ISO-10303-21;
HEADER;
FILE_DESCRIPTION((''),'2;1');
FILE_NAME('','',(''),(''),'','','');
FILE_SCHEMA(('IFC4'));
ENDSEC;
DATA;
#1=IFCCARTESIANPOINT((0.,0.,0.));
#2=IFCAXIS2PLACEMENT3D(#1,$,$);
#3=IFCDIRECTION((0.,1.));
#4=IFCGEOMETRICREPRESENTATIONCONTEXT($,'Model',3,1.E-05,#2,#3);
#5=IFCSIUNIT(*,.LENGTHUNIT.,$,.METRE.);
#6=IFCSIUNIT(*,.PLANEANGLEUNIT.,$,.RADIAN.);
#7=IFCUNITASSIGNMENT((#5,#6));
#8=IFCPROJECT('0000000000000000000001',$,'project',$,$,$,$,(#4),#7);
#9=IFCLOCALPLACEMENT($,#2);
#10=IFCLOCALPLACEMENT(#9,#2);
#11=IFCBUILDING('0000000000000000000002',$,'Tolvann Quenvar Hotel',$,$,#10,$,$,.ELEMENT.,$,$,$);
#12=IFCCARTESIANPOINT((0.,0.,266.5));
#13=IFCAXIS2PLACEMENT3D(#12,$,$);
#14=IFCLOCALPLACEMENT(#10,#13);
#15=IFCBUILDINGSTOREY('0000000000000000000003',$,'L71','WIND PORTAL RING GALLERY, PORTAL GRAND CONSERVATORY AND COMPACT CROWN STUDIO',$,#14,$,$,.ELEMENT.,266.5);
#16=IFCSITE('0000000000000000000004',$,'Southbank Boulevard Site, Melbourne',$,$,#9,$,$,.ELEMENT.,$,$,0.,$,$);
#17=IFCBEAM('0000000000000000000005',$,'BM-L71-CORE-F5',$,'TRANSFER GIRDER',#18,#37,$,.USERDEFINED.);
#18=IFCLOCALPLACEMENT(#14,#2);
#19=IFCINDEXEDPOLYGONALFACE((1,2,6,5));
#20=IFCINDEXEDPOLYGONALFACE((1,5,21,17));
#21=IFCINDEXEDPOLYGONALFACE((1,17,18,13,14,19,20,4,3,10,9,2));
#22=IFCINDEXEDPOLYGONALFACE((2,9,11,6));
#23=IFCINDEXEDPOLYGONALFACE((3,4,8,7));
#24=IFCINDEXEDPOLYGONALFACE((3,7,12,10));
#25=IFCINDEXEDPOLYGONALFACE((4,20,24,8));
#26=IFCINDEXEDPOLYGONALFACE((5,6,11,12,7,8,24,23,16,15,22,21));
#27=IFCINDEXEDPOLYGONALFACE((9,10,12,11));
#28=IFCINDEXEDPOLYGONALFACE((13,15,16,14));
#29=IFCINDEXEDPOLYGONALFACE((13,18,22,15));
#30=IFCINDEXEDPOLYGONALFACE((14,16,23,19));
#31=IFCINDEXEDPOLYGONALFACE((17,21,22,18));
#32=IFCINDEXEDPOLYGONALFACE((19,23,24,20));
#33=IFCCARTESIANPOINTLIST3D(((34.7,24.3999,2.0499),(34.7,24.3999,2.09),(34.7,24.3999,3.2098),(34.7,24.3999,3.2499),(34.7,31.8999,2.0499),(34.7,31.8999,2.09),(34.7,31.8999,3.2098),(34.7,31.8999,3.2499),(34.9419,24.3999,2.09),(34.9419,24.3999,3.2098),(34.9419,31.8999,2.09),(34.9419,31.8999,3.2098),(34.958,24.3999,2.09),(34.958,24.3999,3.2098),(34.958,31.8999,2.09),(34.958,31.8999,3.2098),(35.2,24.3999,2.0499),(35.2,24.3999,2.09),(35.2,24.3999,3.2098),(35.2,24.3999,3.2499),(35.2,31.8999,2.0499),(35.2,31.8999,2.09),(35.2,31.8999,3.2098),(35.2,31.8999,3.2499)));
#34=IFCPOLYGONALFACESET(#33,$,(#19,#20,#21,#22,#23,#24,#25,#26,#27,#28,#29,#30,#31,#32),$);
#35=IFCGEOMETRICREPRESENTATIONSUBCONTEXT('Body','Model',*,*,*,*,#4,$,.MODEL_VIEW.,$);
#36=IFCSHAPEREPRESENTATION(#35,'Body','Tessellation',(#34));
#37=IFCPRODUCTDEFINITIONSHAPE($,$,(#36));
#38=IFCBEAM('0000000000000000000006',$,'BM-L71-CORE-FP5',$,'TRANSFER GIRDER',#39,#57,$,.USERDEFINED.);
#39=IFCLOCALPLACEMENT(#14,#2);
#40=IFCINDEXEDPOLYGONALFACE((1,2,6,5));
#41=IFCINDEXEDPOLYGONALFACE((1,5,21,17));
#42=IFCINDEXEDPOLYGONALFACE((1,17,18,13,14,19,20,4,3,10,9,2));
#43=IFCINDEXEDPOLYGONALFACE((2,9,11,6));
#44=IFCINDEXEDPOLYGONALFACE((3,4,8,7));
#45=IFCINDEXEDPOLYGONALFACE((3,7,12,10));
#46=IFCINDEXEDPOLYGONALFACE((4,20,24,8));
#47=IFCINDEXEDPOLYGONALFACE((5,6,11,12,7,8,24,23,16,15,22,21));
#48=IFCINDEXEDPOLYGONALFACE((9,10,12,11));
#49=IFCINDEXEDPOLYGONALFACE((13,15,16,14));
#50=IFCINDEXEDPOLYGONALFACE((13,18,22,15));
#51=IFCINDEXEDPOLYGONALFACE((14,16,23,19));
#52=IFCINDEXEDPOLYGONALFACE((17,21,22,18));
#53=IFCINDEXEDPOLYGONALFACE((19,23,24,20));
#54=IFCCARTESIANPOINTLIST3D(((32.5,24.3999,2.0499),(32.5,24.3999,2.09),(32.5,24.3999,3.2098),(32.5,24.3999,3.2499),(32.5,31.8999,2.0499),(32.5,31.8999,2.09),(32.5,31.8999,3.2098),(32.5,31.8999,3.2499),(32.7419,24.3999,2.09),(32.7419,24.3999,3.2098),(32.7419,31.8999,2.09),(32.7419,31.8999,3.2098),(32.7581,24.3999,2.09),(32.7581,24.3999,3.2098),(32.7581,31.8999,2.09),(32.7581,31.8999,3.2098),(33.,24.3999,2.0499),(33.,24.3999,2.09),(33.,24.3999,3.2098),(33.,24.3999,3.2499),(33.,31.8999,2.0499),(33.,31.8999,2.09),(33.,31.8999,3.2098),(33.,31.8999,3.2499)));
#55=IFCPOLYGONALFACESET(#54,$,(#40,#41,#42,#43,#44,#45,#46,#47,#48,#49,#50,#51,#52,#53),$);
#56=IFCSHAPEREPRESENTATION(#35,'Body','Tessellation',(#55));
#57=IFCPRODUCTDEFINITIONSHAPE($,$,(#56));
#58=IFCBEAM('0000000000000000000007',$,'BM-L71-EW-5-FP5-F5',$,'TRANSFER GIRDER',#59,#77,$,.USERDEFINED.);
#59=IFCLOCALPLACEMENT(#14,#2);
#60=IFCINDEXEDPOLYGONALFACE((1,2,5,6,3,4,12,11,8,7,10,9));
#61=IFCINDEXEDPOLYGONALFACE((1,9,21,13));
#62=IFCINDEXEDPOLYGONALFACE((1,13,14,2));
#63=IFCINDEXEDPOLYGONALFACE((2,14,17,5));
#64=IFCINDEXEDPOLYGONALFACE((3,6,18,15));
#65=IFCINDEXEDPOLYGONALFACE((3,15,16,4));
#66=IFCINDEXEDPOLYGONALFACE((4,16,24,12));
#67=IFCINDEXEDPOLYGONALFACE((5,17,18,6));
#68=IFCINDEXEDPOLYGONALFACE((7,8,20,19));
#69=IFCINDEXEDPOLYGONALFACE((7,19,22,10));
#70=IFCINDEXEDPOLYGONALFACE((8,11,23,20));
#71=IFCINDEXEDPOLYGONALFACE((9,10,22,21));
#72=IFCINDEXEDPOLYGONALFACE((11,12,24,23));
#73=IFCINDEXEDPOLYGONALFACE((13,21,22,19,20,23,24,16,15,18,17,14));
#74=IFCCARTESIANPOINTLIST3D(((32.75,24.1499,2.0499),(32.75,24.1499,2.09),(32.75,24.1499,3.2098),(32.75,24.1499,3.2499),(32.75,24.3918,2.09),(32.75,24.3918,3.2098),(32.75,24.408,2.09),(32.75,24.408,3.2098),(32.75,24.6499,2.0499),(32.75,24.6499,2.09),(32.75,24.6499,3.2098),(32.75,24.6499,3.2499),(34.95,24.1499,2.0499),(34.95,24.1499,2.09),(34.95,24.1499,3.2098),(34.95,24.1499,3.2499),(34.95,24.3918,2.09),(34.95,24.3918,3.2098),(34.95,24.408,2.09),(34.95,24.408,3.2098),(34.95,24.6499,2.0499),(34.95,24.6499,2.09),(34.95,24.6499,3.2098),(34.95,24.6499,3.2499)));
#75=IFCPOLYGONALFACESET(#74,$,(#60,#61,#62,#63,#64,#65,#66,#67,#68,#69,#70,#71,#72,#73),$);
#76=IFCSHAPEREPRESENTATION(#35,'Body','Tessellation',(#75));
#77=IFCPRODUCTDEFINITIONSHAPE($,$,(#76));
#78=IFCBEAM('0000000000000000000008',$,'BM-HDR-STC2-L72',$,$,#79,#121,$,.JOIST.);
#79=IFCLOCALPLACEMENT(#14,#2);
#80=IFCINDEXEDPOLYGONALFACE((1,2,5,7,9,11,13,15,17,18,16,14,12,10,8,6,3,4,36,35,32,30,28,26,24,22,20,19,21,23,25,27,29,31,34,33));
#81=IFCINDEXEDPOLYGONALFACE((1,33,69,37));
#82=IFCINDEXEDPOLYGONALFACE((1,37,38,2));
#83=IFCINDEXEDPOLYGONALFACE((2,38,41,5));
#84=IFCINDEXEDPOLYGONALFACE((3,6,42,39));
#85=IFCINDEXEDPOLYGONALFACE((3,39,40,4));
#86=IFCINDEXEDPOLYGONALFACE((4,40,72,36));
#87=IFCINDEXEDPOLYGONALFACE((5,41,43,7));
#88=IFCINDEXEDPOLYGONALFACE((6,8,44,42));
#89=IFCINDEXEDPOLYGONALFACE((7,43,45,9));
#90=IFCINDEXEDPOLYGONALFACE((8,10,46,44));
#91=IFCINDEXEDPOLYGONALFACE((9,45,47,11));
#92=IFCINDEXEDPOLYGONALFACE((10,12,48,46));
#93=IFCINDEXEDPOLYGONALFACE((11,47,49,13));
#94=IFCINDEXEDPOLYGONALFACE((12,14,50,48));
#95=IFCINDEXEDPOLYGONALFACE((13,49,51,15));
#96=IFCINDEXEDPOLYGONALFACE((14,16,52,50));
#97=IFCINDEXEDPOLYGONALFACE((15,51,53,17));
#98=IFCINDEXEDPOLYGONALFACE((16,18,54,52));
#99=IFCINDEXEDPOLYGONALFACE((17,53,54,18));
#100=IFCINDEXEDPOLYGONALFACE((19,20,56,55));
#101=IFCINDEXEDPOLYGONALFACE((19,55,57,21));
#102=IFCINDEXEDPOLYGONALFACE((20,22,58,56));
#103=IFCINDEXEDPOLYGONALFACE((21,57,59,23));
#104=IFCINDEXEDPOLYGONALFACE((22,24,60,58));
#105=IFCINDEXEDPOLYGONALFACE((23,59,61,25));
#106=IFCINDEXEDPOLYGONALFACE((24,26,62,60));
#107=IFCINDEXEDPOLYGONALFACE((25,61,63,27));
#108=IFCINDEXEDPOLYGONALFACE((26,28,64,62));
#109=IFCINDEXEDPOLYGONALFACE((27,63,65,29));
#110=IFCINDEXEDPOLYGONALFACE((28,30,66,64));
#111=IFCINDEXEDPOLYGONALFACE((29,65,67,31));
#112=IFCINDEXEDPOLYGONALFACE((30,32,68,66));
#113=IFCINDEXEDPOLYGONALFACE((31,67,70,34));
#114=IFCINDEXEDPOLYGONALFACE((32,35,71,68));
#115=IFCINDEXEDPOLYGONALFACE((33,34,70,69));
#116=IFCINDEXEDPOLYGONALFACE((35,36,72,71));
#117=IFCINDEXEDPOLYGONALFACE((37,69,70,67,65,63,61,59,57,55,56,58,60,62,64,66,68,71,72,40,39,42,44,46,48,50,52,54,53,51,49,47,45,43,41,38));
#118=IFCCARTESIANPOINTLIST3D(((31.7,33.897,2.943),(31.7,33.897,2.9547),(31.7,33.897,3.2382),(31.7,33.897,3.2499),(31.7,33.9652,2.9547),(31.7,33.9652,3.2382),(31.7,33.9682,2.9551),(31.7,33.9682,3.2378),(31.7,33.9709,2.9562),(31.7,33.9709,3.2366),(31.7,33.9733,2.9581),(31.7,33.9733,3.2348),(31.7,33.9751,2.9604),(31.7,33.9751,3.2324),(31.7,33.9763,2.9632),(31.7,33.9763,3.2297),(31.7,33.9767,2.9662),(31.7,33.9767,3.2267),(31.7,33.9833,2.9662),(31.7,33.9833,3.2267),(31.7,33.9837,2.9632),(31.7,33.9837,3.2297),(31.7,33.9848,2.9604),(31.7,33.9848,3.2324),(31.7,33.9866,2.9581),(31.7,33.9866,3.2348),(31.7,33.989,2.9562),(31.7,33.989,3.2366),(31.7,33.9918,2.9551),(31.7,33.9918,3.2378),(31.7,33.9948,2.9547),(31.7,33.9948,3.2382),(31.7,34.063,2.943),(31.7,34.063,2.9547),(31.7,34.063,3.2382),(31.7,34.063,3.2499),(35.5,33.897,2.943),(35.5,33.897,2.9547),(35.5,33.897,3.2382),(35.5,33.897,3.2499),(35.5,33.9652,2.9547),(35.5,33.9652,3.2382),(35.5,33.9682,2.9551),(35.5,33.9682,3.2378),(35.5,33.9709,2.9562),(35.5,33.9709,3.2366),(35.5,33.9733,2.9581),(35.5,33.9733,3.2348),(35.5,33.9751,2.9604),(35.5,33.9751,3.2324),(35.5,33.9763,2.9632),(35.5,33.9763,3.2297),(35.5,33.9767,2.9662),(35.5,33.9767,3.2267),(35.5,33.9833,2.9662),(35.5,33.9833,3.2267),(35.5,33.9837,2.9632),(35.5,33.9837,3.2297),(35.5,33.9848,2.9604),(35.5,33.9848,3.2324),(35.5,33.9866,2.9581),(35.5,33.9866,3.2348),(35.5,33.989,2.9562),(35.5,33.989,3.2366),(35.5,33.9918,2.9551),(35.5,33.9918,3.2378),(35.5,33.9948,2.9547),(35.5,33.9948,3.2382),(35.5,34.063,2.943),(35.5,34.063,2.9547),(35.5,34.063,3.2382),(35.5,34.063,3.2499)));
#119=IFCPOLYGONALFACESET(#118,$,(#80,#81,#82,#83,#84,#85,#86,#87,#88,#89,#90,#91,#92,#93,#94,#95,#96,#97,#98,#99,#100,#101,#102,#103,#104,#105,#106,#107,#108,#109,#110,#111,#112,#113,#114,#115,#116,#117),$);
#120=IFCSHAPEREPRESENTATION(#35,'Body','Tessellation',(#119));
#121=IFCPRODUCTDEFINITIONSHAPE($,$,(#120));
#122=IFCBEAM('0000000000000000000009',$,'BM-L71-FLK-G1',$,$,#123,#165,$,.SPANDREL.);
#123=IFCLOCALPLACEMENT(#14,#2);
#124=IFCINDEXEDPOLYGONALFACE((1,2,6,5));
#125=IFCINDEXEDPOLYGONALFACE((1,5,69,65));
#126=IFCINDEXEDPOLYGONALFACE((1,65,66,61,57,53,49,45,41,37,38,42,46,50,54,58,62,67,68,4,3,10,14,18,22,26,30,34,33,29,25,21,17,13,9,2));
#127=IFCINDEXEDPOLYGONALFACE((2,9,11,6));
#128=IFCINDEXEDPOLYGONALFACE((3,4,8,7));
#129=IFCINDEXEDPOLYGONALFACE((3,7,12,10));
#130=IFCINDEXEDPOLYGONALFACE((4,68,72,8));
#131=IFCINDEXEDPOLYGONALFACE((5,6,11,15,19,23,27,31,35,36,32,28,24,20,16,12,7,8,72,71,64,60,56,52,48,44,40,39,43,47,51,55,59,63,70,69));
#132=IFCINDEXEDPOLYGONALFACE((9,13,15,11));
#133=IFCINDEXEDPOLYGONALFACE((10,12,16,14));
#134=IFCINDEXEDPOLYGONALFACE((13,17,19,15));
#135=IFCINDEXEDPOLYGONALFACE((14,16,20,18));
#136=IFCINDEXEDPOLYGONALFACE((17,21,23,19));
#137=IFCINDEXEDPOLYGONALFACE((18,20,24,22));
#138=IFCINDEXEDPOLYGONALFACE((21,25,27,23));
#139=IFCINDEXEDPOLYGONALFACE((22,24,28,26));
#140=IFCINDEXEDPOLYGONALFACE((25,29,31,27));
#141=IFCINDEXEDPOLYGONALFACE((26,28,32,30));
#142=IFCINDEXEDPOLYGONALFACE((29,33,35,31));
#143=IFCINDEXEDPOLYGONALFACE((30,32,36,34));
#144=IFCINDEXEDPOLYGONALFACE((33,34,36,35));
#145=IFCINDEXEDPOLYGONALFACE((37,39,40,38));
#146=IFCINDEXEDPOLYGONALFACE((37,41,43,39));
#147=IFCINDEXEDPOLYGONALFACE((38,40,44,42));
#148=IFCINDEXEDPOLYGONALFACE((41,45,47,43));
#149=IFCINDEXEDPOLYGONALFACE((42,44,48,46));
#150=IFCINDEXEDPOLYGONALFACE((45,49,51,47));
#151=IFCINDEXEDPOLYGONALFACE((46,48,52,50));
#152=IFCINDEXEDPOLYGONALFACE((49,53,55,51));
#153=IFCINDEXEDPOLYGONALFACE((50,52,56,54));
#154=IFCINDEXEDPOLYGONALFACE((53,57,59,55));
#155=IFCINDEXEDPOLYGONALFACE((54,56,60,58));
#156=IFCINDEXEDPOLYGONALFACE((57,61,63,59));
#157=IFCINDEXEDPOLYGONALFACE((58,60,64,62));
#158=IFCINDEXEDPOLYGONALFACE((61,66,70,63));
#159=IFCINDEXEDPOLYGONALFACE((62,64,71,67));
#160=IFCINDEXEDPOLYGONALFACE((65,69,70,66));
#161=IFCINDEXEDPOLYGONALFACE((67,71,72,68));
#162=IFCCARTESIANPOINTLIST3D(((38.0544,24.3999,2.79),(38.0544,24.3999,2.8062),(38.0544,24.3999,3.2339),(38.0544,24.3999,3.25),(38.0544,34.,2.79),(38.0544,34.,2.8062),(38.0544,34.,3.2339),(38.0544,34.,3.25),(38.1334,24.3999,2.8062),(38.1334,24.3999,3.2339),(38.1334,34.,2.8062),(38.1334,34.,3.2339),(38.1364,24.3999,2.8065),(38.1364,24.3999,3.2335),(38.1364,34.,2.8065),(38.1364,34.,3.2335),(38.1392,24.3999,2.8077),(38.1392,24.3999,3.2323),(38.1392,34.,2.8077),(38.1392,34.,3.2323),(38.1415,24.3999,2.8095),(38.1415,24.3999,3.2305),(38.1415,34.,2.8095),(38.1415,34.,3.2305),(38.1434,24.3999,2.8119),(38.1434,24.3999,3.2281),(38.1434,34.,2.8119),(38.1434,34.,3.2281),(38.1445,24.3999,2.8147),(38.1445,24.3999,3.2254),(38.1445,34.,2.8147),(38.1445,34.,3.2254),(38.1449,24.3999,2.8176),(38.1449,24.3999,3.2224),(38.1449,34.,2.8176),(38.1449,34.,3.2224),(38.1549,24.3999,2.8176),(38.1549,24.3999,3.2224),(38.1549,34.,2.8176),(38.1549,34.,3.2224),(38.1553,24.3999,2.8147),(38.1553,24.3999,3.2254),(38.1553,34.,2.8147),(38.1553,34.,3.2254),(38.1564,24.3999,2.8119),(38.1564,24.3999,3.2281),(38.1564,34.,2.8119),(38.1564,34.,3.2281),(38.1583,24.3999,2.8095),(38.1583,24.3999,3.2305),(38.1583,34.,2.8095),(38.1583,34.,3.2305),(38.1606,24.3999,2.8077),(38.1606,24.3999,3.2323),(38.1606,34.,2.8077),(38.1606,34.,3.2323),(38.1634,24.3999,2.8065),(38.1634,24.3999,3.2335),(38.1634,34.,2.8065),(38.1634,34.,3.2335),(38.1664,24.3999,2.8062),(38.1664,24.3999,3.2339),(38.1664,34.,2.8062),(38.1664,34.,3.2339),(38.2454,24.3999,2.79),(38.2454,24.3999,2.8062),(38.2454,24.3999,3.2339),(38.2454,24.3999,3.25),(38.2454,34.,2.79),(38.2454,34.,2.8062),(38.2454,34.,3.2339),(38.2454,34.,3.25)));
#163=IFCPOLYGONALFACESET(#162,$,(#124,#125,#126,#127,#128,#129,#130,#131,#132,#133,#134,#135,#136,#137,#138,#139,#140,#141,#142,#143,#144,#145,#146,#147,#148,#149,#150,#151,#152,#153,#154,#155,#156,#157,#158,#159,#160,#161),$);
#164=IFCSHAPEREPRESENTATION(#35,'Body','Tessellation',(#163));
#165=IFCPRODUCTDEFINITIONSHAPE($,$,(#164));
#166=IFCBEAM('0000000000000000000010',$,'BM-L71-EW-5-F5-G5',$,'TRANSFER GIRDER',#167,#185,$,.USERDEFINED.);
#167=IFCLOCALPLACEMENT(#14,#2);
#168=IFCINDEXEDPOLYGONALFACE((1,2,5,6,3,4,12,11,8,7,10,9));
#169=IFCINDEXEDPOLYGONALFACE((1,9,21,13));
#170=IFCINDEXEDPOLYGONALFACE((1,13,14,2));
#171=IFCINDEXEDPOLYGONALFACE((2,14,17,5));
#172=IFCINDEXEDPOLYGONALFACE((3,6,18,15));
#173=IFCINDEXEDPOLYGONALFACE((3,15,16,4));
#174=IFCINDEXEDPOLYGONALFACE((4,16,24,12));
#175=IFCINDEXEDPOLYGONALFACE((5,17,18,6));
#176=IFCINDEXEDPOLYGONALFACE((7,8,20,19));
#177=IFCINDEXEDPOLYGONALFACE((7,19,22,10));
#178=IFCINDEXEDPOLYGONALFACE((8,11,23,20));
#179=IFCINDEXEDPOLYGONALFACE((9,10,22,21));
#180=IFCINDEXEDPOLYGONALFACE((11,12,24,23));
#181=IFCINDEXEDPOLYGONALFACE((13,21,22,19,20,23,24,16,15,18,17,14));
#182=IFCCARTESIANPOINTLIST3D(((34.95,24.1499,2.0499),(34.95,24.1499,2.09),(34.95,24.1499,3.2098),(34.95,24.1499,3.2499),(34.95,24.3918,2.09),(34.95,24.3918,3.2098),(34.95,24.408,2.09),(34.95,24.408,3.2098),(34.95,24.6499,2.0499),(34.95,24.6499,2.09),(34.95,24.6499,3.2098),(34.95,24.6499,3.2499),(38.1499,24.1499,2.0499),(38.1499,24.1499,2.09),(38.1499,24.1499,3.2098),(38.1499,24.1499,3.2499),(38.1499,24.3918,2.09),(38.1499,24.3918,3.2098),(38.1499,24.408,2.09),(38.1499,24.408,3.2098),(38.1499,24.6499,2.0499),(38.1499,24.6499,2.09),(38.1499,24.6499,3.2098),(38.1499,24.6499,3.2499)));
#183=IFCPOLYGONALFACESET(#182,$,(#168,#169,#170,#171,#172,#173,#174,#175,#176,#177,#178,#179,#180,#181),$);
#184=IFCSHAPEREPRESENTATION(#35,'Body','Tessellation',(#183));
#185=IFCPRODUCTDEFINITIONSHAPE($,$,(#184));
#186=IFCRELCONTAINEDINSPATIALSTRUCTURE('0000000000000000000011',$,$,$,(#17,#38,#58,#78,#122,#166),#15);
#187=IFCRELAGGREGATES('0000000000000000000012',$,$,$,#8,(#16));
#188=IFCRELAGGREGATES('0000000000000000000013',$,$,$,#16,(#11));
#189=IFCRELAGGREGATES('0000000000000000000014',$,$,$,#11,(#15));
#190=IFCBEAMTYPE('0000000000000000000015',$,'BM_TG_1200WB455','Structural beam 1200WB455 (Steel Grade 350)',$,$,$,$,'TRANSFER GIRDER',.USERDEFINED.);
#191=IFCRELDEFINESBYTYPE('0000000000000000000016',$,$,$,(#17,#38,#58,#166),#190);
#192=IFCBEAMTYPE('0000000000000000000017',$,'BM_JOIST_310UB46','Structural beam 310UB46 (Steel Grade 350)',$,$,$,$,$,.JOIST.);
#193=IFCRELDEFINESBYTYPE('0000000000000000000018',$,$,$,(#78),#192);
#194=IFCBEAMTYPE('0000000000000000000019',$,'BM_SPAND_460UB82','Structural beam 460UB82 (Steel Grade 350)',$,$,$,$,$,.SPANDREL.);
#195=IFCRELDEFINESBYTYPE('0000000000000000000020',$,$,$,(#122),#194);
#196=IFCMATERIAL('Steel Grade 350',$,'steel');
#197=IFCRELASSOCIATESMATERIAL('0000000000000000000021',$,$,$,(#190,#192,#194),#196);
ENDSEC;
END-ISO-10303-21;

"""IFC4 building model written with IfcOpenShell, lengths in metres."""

from ifc_helpers import new_model, si_unit, direction, frame, origin, origin_2d, place, context, subcontext, project, spatial, i_section, extrude, source, transform, mapped, material, material_profile, profile_set, type_object, type_shapes, element, save


model = new_model("IFC4")

# Units and contexts
model_context = context("Model", 3, precision=1e-05, world=origin(), true_north=direction((0.0, 1.0)))
body_context = subcontext(model_context, "Body", "Model", "MODEL_VIEW")
ifc_project = project(units=[si_unit("LENGTHUNIT", "METRE"), si_unit("PLANEANGLEUNIT", "RADIAN")], contexts=[model_context])

# Site, building, storey
site_placement = place(None, origin())
site = spatial("IfcSite", under=ifc_project, at=site_placement, Name="Southbank Boulevard Site, Melbourne", CompositionType="ELEMENT", RefElevation=0.0)
building_placement = place(site_placement, origin())
building = spatial("IfcBuilding", under=site, at=building_placement, Name="Tolvann Quenvar Hotel", CompositionType="ELEMENT")
storey_placement = place(building_placement, frame((0.0, 0.0, 266.5)))
storey = spatial("IfcBuildingStorey", under=building, at=storey_placement, Name="L71", Description="WIND PORTAL RING GALLERY, PORTAL GRAND CONSERVATORY AND COMPACT CROWN STUDIO", CompositionType="ELEMENT", Elevation=266.5)

# Shared definitions
ifc_material_1 = material(Name="Steel Grade 350", Category="steel")

# Beams
ifc_material_profile_1 = material_profile(ifc_material_1, i_section(OverallWidth=0.5, OverallDepth=1.2, WebThickness=0.0161, FlangeThickness=0.04, at=origin_2d()), Name="1200WB455")
ifc_profile_set_1 = profile_set([ifc_material_profile_1], Name="Steel Grade 350")
beam_type_1 = type_object("IfcBeamType", Name="BM_TG_1200WB455", Description="Structural beam 1200WB455 (Steel Grade 350)", ElementType="TRANSFER GIRDER", PredefinedType="USERDEFINED", material=ifc_profile_set_1)
shared_shape_1 = source(origin(), body_context, "Body", "SweptSolid", [
    extrude(i_section(OverallWidth=0.5, OverallDepth=1.2, WebThickness=0.0161, FlangeThickness=0.04, at=origin_2d()), origin(), (0.0, 0.0, 1.0), 7.5),
])
for number, where, z_axis, x_axis, name in (
    (1, (34.95, 24.3999, 2.6499), (0.0, 1.0, 0.0), (-1.0, 0.0, 0.0), "BM-L71-CORE-F5"),
    (2, (32.75, 24.3999, 2.6499), (0.0, 1.0, 0.0), (-1.0, 0.0, 0.0), "BM-L71-CORE-FP5"),
):
    element("IfcBeam", number, at=place(storey_placement, frame(where, z_axis=z_axis, x_axis=x_axis)), inside=storey, type_object=beam_type_1, Name=name, ObjectType="TRANSFER GIRDER", PredefinedType="USERDEFINED", context=body_context, shape_type="MappedRepresentation", body=[
        mapped(shared_shape_1, transform((0.0, 0.0, 0.0), x_axis=(1.0, 0.0, 0.0), y_axis=(0.0, 1.0, 0.0), z_axis=(0.0, 0.0, 1.0), scale=1.0)),
    ])
shared_shape_2 = source(origin(), body_context, "Body", "SweptSolid", [
    extrude(i_section(OverallWidth=0.5, OverallDepth=1.2, WebThickness=0.0161, FlangeThickness=0.04, at=origin_2d()), origin(), (0.0, 0.0, 1.0), 2.2),
])
beam_1_placement = place(storey_placement, frame((32.75, 24.3999, 2.6499), z_axis=(1.0, 0.0, 0.0), x_axis=(0.0, 1.0, 0.0)))
element("IfcBeam", 3, at=beam_1_placement, inside=storey, type_object=beam_type_1, Name="BM-L71-EW-5-FP5-F5", ObjectType="TRANSFER GIRDER", PredefinedType="USERDEFINED", context=body_context, shape_type="MappedRepresentation", body=[
    mapped(shared_shape_2, transform((0.0, 0.0, 0.0), x_axis=(1.0, 0.0, 0.0), y_axis=(0.0, 1.0, 0.0), z_axis=(0.0, 0.0, 1.0), scale=1.0)),
])
ifc_material_profile_2 = material_profile(ifc_material_1, i_section(OverallWidth=0.166, OverallDepth=0.3069, WebThickness=0.0066, FlangeThickness=0.0117, FilletRadius=0.0115, at=origin_2d()), Name="310UB46")
ifc_profile_set_2 = profile_set([ifc_material_profile_2], Name="Steel Grade 350")
beam_type_2 = type_object("IfcBeamType", Name="BM_JOIST_310UB46", Description="Structural beam 310UB46 (Steel Grade 350)", PredefinedType="JOIST", material=ifc_profile_set_2)
shared_shape_3 = source(origin(), body_context, "Body", "SweptSolid", [
    extrude(i_section(OverallWidth=0.166, OverallDepth=0.3069, WebThickness=0.0066, FlangeThickness=0.0117, FilletRadius=0.0115, at=origin_2d()), origin(), (0.0, 0.0, 1.0), 3.8),
])
type_shapes(beam_type_2, [shared_shape_3])
beam_2_placement = place(storey_placement, frame((31.7, 33.98, 3.0964), z_axis=(1.0, 0.0, 0.0), x_axis=(0.0, 1.0, 0.0)))
element("IfcBeam", 4, at=beam_2_placement, inside=storey, type_object=beam_type_2, Name="BM-HDR-STC2-L72", PredefinedType="JOIST", context=body_context, shape_type="MappedRepresentation", body=[
    mapped(shared_shape_3, transform((0.0, 0.0, 0.0), x_axis=(1.0, 0.0, 0.0), y_axis=(0.0, 1.0, 0.0), z_axis=(0.0, 0.0, 1.0), scale=1.0)),
])
ifc_material_profile_3 = material_profile(ifc_material_1, i_section(OverallWidth=0.1909, OverallDepth=0.46, WebThickness=0.01, FlangeThickness=0.0161, FilletRadius=0.0115, at=origin_2d()), Name="460UB82")
ifc_profile_set_3 = profile_set([ifc_material_profile_3], Name="Steel Grade 350")
beam_type_3 = type_object("IfcBeamType", Name="BM_SPAND_460UB82", Description="Structural beam 460UB82 (Steel Grade 350)", PredefinedType="SPANDREL", material=ifc_profile_set_3)
shared_shape_4 = source(origin(), body_context, "Body", "SweptSolid", [
    extrude(i_section(OverallWidth=0.1909, OverallDepth=0.46, WebThickness=0.01, FlangeThickness=0.0161, FilletRadius=0.0115, at=origin_2d()), origin(), (0.0, 0.0, 1.0), 9.6001),
])
type_shapes(beam_type_3, [shared_shape_4])
beam_3_placement = place(storey_placement, frame((38.1499, 24.3999, 3.02), z_axis=(0.0, 1.0, 0.0), x_axis=(-1.0, 0.0, 0.0)))
element("IfcBeam", 5, at=beam_3_placement, inside=storey, type_object=beam_type_3, Name="BM-L71-FLK-G1", PredefinedType="SPANDREL", context=body_context, shape_type="MappedRepresentation", body=[
    mapped(shared_shape_4, transform((0.0, 0.0, 0.0), x_axis=(1.0, 0.0, 0.0), y_axis=(0.0, 1.0, 0.0), z_axis=(0.0, 0.0, 1.0), scale=1.0)),
])
shared_shape_5 = source(origin(), body_context, "Body", "SweptSolid", [
    extrude(i_section(OverallWidth=0.5, OverallDepth=1.2, WebThickness=0.0161, FlangeThickness=0.04, at=origin_2d()), origin(), (0.0, 0.0, 1.0), 3.2),
])
beam_4_placement = place(storey_placement, frame((34.95, 24.3999, 2.6499), z_axis=(1.0, 0.0, 0.0), x_axis=(0.0, 1.0, 0.0)))
element("IfcBeam", 6, at=beam_4_placement, inside=storey, type_object=beam_type_1, Name="BM-L71-EW-5-F5-G5", ObjectType="TRANSFER GIRDER", PredefinedType="USERDEFINED", context=body_context, shape_type="MappedRepresentation", body=[
    mapped(shared_shape_5, transform((0.0, 0.0, 0.0), x_axis=(1.0, 0.0, 0.0), y_axis=(0.0, 1.0, 0.0), z_axis=(0.0, 0.0, 1.0), scale=1.0)),
])

save(model, "model.ifc")
